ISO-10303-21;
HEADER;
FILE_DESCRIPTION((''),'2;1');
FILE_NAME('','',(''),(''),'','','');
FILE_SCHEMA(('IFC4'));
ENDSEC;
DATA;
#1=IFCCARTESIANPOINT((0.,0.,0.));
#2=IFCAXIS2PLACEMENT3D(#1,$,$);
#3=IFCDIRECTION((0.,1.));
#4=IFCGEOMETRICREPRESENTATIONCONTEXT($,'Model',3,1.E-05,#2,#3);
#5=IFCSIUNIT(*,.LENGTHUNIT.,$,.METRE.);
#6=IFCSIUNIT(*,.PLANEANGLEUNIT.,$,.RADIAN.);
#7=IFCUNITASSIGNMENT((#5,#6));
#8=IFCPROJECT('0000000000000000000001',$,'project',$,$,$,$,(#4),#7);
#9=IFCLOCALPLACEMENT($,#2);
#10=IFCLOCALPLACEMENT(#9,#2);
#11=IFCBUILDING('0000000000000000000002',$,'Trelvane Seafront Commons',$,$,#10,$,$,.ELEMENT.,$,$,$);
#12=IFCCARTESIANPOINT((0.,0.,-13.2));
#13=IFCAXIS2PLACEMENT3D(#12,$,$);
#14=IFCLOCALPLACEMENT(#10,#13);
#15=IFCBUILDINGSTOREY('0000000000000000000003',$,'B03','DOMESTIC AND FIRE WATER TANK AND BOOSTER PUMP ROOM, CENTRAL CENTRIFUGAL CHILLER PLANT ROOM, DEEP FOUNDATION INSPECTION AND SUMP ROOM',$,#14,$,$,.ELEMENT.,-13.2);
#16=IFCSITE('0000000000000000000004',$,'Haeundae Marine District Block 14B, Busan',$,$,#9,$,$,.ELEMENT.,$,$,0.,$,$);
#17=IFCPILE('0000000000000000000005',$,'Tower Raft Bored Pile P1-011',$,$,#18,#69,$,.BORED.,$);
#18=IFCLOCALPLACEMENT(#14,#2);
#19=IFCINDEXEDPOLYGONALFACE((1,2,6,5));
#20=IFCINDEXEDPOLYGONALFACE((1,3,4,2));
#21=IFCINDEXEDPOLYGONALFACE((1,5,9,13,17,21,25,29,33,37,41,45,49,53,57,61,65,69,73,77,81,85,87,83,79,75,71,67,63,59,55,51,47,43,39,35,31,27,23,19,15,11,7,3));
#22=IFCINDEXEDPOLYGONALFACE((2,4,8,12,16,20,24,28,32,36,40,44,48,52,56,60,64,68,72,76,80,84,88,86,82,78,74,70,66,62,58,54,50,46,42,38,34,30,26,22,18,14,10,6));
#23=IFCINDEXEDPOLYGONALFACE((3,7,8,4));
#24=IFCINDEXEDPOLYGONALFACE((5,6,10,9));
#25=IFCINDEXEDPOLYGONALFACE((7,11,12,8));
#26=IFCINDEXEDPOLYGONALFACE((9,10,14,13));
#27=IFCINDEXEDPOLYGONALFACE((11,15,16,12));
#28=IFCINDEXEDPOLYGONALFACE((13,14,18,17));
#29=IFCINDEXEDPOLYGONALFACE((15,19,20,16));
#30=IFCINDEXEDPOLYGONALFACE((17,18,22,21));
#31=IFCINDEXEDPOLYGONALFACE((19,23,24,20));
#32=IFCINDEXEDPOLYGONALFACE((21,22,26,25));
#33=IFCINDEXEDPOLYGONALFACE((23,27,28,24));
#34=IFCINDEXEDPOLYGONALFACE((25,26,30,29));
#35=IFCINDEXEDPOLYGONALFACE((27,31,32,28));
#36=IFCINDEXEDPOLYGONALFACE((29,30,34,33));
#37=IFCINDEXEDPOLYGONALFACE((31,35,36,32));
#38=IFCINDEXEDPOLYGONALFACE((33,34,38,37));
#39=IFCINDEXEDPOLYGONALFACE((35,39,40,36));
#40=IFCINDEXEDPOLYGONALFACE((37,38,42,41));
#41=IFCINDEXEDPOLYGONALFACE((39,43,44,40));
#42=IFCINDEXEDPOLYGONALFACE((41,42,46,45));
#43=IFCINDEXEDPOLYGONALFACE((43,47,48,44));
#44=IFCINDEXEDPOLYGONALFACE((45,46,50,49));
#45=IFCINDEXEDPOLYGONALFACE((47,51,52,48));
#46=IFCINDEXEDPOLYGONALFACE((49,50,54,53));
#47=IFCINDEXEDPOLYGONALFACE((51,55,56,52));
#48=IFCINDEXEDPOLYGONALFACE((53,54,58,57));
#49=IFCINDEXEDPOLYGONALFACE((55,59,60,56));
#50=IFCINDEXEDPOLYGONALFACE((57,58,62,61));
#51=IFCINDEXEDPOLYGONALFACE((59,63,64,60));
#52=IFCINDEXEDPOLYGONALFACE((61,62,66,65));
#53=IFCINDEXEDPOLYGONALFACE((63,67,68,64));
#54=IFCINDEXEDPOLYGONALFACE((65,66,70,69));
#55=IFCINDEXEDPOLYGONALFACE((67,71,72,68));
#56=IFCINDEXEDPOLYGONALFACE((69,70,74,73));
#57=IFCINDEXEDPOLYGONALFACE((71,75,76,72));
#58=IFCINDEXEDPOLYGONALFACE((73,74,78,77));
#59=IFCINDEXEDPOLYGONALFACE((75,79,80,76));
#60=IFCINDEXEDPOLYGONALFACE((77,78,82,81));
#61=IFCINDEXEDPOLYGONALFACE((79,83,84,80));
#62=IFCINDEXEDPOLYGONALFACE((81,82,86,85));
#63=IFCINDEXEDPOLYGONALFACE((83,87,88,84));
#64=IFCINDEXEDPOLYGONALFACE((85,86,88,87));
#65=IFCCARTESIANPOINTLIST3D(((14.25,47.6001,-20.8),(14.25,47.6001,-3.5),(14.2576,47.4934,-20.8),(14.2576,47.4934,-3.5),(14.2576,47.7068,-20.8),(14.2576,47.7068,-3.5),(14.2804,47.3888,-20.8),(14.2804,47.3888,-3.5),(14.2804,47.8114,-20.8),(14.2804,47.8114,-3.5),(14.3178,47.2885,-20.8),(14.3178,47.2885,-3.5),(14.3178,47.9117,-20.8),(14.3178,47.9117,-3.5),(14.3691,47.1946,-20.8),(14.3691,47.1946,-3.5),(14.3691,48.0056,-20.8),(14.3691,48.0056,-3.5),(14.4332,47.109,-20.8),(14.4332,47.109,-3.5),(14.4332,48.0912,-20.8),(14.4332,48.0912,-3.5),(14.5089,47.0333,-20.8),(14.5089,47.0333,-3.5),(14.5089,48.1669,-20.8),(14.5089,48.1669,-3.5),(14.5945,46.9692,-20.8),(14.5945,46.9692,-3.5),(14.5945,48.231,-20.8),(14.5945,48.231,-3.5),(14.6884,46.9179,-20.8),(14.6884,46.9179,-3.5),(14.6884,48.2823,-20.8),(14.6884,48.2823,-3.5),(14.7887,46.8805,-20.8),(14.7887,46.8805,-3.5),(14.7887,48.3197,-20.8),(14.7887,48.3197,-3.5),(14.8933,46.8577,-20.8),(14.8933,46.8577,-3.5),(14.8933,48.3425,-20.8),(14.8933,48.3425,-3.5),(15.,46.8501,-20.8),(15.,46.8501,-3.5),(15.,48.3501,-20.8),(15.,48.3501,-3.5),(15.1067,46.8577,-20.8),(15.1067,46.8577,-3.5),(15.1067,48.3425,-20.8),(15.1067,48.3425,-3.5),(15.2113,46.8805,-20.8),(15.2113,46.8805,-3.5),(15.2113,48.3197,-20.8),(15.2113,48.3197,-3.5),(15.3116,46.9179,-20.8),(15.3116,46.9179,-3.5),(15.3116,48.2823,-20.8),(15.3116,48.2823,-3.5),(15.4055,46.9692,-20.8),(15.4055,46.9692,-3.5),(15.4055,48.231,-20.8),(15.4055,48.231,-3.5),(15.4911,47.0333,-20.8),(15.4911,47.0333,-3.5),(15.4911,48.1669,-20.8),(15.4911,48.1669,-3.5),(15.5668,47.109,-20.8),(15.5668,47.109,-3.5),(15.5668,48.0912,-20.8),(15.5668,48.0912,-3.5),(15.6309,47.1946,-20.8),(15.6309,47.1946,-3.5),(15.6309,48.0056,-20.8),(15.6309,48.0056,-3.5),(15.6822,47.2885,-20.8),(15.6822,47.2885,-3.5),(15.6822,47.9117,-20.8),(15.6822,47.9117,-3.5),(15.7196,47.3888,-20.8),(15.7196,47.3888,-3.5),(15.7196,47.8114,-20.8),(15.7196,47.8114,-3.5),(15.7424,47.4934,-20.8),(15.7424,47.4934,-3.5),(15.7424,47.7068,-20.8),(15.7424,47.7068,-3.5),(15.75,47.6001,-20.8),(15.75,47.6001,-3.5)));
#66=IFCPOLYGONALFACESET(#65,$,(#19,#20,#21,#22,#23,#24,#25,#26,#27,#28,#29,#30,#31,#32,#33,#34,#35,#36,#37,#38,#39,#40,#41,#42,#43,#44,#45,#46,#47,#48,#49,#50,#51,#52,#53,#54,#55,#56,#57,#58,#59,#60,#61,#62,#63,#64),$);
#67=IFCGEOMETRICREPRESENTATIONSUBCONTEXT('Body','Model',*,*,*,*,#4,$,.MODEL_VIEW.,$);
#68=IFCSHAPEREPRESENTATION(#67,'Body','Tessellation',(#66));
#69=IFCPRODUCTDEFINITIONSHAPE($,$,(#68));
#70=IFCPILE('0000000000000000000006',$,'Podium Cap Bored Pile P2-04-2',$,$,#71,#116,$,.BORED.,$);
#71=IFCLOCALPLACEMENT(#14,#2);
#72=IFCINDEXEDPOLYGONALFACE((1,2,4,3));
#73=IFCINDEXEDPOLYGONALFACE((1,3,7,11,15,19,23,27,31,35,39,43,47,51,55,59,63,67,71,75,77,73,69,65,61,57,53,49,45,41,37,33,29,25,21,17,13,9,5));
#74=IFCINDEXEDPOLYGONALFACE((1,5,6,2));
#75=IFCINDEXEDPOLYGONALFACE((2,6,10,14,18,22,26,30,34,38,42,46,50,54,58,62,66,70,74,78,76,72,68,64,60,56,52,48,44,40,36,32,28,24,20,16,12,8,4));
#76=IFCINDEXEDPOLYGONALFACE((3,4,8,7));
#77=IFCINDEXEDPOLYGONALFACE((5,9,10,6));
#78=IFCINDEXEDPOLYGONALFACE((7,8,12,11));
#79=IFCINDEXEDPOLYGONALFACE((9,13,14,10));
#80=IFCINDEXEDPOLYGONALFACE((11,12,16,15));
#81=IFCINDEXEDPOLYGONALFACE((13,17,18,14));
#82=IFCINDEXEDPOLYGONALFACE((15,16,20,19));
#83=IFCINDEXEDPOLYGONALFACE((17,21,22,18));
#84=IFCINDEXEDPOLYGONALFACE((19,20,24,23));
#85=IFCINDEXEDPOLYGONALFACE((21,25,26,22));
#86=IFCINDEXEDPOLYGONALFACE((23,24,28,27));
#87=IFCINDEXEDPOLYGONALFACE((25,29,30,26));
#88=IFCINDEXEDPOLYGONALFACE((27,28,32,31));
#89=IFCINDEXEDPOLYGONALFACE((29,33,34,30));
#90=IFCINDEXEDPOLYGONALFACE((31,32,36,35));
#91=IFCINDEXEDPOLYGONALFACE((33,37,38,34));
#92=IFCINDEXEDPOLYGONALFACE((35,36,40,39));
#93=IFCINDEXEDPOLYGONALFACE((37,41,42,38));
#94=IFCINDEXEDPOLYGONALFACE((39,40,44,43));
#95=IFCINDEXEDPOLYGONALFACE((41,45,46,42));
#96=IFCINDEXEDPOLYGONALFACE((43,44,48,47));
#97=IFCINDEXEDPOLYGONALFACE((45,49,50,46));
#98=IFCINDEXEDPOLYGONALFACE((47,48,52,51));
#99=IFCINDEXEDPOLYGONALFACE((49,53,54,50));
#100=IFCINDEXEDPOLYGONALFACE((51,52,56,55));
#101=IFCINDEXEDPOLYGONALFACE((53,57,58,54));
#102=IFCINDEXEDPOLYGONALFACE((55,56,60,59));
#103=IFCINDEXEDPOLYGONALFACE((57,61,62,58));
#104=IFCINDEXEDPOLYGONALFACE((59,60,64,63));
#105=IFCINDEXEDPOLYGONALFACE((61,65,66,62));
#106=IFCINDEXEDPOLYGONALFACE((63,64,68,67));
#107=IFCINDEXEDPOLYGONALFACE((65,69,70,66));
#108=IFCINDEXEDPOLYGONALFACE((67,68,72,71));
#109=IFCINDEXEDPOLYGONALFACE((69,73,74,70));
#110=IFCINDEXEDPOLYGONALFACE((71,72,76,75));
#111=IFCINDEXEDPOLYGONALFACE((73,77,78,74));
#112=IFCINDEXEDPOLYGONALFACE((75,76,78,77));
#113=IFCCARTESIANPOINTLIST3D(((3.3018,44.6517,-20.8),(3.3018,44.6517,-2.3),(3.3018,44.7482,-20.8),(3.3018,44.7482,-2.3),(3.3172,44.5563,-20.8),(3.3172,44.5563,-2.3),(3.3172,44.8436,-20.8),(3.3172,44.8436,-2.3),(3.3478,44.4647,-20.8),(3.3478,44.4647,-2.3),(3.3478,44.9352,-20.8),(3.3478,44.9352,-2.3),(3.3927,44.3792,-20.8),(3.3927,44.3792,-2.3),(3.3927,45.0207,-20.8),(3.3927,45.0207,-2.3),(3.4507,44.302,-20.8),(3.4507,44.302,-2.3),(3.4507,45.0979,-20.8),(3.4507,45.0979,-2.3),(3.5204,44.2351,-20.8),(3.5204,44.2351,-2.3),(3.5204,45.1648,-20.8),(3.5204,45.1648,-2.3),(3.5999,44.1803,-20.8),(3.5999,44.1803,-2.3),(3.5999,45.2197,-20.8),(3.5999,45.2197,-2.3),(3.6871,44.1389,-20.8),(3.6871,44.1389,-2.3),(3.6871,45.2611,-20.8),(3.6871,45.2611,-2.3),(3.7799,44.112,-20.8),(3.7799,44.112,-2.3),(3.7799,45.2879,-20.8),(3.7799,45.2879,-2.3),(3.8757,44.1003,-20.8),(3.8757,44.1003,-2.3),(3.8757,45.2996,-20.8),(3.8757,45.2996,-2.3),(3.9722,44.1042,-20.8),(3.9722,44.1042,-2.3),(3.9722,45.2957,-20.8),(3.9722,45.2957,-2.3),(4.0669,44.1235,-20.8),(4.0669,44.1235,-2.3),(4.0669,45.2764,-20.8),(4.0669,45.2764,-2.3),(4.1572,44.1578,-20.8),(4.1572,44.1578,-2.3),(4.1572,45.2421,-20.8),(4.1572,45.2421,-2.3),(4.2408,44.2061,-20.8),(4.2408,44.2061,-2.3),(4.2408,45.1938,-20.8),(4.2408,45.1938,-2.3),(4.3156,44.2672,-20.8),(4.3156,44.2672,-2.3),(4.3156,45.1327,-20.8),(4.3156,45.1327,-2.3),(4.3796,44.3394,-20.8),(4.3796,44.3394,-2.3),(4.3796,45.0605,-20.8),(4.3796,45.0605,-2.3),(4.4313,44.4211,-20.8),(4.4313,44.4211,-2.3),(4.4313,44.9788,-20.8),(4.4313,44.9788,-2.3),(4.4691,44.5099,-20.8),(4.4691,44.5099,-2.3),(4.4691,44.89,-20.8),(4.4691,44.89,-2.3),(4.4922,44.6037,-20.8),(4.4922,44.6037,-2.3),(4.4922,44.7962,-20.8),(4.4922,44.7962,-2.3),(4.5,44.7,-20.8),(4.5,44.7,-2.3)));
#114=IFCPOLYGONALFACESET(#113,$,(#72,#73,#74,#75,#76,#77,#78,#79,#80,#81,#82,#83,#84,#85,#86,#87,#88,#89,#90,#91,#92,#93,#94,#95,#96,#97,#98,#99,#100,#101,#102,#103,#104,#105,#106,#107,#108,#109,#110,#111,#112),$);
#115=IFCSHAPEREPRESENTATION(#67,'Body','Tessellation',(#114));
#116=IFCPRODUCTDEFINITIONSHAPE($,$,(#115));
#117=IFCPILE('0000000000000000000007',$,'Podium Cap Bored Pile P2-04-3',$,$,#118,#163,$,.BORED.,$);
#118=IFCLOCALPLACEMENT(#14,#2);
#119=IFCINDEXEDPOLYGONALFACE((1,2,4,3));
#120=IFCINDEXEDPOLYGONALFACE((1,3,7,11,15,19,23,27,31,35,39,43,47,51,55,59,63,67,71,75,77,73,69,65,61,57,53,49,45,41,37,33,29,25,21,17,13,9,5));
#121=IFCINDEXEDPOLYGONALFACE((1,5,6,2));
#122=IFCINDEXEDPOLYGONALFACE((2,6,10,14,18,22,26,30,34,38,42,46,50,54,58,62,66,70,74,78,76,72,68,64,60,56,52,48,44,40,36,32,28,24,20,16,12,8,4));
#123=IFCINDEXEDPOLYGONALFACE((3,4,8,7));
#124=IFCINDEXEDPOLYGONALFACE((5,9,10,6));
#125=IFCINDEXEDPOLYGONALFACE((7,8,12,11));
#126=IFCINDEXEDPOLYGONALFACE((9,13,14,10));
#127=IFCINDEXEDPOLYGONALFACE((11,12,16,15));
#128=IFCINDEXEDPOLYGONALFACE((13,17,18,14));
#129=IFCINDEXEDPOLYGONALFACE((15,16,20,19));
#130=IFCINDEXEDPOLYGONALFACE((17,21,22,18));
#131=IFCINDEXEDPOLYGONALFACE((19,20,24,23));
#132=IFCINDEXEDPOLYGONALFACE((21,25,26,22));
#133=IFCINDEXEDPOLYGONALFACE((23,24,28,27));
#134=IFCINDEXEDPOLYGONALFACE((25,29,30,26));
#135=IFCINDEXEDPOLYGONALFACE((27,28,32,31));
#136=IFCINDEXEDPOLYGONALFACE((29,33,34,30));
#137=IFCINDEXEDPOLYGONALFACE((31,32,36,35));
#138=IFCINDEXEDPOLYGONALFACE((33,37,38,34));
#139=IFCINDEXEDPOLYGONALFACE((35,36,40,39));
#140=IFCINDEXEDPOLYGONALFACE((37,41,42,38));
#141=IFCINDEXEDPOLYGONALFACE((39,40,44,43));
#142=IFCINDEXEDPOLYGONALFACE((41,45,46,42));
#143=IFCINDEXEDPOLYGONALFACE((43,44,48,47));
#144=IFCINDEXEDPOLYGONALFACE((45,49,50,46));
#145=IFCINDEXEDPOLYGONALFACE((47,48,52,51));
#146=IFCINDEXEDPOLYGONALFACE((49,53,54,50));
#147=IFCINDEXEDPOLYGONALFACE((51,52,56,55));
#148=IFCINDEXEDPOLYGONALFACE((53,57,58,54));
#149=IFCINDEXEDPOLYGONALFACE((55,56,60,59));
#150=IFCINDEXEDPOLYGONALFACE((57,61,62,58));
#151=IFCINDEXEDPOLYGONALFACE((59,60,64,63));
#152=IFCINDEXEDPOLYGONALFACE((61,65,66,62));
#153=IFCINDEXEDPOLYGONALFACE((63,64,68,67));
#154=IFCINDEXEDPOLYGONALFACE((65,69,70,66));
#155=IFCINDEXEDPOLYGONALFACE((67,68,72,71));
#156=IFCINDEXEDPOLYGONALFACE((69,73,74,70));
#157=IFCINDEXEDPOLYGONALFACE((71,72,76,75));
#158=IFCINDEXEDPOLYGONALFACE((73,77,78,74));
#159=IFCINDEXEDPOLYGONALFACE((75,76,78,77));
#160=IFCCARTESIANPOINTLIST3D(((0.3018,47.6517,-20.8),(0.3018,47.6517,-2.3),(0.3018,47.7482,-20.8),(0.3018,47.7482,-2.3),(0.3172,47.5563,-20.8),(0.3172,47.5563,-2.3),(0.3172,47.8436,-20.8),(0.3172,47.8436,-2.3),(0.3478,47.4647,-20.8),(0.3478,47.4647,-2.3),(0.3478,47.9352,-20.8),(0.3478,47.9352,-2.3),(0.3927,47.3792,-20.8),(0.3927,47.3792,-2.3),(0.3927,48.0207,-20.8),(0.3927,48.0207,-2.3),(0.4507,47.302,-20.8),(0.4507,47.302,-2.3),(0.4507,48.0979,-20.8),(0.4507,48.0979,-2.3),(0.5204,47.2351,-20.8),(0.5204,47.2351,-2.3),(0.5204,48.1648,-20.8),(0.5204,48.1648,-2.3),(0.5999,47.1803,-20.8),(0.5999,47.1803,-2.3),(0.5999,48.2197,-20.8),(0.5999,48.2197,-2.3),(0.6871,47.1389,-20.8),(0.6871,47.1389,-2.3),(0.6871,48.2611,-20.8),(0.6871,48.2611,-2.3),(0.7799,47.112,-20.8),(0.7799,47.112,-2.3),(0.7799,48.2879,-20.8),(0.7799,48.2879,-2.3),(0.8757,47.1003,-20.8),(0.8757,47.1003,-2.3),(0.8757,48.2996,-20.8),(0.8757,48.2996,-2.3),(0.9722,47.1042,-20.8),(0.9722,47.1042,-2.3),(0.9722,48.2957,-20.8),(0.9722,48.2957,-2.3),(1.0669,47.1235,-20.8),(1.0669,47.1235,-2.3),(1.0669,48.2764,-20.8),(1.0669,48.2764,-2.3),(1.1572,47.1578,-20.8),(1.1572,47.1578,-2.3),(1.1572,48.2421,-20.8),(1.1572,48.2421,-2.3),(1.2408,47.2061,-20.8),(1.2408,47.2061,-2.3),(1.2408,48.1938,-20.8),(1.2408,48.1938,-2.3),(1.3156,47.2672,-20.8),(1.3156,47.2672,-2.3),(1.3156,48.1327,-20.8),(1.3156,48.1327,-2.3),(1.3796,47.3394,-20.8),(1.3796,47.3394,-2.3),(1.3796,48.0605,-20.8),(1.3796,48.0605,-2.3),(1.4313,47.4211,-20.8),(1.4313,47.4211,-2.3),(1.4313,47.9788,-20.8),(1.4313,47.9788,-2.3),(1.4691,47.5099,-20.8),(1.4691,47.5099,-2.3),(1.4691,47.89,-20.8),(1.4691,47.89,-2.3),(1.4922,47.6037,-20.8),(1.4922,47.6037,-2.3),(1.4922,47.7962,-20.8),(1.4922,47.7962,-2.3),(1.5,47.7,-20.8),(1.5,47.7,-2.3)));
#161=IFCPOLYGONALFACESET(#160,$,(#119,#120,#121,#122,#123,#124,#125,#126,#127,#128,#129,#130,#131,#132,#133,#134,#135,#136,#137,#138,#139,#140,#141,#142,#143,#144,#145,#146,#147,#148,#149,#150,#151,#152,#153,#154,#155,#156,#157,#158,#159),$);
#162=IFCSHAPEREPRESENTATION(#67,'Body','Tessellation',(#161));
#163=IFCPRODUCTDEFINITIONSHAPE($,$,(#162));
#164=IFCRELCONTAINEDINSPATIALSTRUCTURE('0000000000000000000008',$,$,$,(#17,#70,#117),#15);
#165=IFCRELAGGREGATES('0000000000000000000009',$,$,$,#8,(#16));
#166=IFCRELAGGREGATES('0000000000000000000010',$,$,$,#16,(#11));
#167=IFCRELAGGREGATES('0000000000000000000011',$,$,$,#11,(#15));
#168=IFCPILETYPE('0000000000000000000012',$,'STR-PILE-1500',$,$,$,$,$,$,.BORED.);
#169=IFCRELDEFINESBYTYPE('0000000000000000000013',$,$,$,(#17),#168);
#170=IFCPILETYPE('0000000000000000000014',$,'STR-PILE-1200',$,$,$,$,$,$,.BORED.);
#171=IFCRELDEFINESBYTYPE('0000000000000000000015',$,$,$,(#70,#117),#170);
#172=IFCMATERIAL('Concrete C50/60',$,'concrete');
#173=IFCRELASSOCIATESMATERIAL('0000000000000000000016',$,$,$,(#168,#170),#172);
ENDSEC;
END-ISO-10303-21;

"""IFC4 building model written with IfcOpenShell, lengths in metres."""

from ifc_helpers import new_model, si_unit, direction, frame, origin, origin_2d, place, context, subcontext, project, spatial, circle, extrude, source, transform, mapped, material, material_profile, profile_set, type_object, element, save


model = new_model("IFC4")

# Units and contexts
model_context = context("Model", 3, precision=1e-05, world=origin(), true_north=direction((0.0, 1.0)))
body_context = subcontext(model_context, "Body", "Model", "MODEL_VIEW")
ifc_project = project(units=[si_unit("LENGTHUNIT", "METRE"), si_unit("PLANEANGLEUNIT", "RADIAN")], contexts=[model_context])

# Site, building, storey
site_placement = place(None, origin())
site = spatial("IfcSite", under=ifc_project, at=site_placement, Name="Haeundae Marine District Block 14B, Busan", CompositionType="ELEMENT", RefElevation=0.0)
building_placement = place(site_placement, origin())
building = spatial("IfcBuilding", under=site, at=building_placement, Name="Trelvane Seafront Commons", CompositionType="ELEMENT")
storey_placement = place(building_placement, frame((0.0, 0.0, -13.2)))
storey = spatial("IfcBuildingStorey", under=building, at=storey_placement, Name="B03", Description="DOMESTIC AND FIRE WATER TANK AND BOOSTER PUMP ROOM, CENTRAL CENTRIFUGAL CHILLER PLANT ROOM, DEEP FOUNDATION INSPECTION AND SUMP ROOM", CompositionType="ELEMENT", Elevation=-13.2)

# Piles
ifc_material_1 = material(Name="Concrete C50/60", Category="concrete")
ifc_material_profile_1 = material_profile(ifc_material_1, circle(Radius=0.75, at=origin_2d()), Name="PILE-1500")
ifc_profile_set_1 = profile_set([ifc_material_profile_1], Name="Concrete C50/60")
pile_type_1 = type_object("IfcPileType", Name="STR-PILE-1500", PredefinedType="BORED", material=ifc_profile_set_1)
shared_shape_1 = source(origin(), body_context, "Body", "SweptSolid", [
    extrude(circle(Radius=0.75, at=origin_2d()), origin(), (0.0, 0.0, 1.0), 17.3),
])
pile_placement = place(storey_placement, frame((15.0, 47.6001, -3.5), z_axis=(0.0, 0.0, -1.0), x_axis=(1.0, 0.0, 0.0)))
element("IfcPile", 1, at=pile_placement, inside=storey, type_object=pile_type_1, Name="Tower Raft Bored Pile P1-011", PredefinedType="BORED", context=body_context, shape_type="MappedRepresentation", body=[
    mapped(shared_shape_1, transform((0.0, 0.0, 0.0), x_axis=(1.0, 0.0, 0.0), y_axis=(0.0, 1.0, 0.0), z_axis=(0.0, 0.0, 1.0), scale=1.0)),
])
ifc_material_profile_2 = material_profile(ifc_material_1, circle(Radius=0.6001, at=origin_2d()), Name="PILE-1200")
ifc_profile_set_2 = profile_set([ifc_material_profile_2], Name="Concrete C50/60")
pile_type_2 = type_object("IfcPileType", Name="STR-PILE-1200", PredefinedType="BORED", material=ifc_profile_set_2)
shared_shape_2 = source(origin(), body_context, "Body", "SweptSolid", [
    extrude(circle(Radius=0.6001, at=origin_2d()), origin(), (0.0, 0.0, 1.0), 18.5),
])
for number, where, z_axis, x_axis, name in (
    (2, (3.8999, 44.7, -2.3), (0.0, 0.0, -1.0), (1.0, 0.0, 0.0), "Podium Cap Bored Pile P2-04-2"),
    (3, (0.8999, 47.7, -2.3), (0.0, 0.0, -1.0), (1.0, 0.0, 0.0), "Podium Cap Bored Pile P2-04-3"),
):
    element("IfcPile", number, at=place(storey_placement, frame(where, z_axis=z_axis, x_axis=x_axis)), inside=storey, type_object=pile_type_2, Name=name, PredefinedType="BORED", context=body_context, shape_type="MappedRepresentation", body=[
        mapped(shared_shape_2, transform((0.0, 0.0, 0.0), x_axis=(1.0, 0.0, 0.0), y_axis=(0.0, 1.0, 0.0), z_axis=(0.0, 0.0, 1.0), scale=1.0)),
    ])

save(model, "model.ifc")
